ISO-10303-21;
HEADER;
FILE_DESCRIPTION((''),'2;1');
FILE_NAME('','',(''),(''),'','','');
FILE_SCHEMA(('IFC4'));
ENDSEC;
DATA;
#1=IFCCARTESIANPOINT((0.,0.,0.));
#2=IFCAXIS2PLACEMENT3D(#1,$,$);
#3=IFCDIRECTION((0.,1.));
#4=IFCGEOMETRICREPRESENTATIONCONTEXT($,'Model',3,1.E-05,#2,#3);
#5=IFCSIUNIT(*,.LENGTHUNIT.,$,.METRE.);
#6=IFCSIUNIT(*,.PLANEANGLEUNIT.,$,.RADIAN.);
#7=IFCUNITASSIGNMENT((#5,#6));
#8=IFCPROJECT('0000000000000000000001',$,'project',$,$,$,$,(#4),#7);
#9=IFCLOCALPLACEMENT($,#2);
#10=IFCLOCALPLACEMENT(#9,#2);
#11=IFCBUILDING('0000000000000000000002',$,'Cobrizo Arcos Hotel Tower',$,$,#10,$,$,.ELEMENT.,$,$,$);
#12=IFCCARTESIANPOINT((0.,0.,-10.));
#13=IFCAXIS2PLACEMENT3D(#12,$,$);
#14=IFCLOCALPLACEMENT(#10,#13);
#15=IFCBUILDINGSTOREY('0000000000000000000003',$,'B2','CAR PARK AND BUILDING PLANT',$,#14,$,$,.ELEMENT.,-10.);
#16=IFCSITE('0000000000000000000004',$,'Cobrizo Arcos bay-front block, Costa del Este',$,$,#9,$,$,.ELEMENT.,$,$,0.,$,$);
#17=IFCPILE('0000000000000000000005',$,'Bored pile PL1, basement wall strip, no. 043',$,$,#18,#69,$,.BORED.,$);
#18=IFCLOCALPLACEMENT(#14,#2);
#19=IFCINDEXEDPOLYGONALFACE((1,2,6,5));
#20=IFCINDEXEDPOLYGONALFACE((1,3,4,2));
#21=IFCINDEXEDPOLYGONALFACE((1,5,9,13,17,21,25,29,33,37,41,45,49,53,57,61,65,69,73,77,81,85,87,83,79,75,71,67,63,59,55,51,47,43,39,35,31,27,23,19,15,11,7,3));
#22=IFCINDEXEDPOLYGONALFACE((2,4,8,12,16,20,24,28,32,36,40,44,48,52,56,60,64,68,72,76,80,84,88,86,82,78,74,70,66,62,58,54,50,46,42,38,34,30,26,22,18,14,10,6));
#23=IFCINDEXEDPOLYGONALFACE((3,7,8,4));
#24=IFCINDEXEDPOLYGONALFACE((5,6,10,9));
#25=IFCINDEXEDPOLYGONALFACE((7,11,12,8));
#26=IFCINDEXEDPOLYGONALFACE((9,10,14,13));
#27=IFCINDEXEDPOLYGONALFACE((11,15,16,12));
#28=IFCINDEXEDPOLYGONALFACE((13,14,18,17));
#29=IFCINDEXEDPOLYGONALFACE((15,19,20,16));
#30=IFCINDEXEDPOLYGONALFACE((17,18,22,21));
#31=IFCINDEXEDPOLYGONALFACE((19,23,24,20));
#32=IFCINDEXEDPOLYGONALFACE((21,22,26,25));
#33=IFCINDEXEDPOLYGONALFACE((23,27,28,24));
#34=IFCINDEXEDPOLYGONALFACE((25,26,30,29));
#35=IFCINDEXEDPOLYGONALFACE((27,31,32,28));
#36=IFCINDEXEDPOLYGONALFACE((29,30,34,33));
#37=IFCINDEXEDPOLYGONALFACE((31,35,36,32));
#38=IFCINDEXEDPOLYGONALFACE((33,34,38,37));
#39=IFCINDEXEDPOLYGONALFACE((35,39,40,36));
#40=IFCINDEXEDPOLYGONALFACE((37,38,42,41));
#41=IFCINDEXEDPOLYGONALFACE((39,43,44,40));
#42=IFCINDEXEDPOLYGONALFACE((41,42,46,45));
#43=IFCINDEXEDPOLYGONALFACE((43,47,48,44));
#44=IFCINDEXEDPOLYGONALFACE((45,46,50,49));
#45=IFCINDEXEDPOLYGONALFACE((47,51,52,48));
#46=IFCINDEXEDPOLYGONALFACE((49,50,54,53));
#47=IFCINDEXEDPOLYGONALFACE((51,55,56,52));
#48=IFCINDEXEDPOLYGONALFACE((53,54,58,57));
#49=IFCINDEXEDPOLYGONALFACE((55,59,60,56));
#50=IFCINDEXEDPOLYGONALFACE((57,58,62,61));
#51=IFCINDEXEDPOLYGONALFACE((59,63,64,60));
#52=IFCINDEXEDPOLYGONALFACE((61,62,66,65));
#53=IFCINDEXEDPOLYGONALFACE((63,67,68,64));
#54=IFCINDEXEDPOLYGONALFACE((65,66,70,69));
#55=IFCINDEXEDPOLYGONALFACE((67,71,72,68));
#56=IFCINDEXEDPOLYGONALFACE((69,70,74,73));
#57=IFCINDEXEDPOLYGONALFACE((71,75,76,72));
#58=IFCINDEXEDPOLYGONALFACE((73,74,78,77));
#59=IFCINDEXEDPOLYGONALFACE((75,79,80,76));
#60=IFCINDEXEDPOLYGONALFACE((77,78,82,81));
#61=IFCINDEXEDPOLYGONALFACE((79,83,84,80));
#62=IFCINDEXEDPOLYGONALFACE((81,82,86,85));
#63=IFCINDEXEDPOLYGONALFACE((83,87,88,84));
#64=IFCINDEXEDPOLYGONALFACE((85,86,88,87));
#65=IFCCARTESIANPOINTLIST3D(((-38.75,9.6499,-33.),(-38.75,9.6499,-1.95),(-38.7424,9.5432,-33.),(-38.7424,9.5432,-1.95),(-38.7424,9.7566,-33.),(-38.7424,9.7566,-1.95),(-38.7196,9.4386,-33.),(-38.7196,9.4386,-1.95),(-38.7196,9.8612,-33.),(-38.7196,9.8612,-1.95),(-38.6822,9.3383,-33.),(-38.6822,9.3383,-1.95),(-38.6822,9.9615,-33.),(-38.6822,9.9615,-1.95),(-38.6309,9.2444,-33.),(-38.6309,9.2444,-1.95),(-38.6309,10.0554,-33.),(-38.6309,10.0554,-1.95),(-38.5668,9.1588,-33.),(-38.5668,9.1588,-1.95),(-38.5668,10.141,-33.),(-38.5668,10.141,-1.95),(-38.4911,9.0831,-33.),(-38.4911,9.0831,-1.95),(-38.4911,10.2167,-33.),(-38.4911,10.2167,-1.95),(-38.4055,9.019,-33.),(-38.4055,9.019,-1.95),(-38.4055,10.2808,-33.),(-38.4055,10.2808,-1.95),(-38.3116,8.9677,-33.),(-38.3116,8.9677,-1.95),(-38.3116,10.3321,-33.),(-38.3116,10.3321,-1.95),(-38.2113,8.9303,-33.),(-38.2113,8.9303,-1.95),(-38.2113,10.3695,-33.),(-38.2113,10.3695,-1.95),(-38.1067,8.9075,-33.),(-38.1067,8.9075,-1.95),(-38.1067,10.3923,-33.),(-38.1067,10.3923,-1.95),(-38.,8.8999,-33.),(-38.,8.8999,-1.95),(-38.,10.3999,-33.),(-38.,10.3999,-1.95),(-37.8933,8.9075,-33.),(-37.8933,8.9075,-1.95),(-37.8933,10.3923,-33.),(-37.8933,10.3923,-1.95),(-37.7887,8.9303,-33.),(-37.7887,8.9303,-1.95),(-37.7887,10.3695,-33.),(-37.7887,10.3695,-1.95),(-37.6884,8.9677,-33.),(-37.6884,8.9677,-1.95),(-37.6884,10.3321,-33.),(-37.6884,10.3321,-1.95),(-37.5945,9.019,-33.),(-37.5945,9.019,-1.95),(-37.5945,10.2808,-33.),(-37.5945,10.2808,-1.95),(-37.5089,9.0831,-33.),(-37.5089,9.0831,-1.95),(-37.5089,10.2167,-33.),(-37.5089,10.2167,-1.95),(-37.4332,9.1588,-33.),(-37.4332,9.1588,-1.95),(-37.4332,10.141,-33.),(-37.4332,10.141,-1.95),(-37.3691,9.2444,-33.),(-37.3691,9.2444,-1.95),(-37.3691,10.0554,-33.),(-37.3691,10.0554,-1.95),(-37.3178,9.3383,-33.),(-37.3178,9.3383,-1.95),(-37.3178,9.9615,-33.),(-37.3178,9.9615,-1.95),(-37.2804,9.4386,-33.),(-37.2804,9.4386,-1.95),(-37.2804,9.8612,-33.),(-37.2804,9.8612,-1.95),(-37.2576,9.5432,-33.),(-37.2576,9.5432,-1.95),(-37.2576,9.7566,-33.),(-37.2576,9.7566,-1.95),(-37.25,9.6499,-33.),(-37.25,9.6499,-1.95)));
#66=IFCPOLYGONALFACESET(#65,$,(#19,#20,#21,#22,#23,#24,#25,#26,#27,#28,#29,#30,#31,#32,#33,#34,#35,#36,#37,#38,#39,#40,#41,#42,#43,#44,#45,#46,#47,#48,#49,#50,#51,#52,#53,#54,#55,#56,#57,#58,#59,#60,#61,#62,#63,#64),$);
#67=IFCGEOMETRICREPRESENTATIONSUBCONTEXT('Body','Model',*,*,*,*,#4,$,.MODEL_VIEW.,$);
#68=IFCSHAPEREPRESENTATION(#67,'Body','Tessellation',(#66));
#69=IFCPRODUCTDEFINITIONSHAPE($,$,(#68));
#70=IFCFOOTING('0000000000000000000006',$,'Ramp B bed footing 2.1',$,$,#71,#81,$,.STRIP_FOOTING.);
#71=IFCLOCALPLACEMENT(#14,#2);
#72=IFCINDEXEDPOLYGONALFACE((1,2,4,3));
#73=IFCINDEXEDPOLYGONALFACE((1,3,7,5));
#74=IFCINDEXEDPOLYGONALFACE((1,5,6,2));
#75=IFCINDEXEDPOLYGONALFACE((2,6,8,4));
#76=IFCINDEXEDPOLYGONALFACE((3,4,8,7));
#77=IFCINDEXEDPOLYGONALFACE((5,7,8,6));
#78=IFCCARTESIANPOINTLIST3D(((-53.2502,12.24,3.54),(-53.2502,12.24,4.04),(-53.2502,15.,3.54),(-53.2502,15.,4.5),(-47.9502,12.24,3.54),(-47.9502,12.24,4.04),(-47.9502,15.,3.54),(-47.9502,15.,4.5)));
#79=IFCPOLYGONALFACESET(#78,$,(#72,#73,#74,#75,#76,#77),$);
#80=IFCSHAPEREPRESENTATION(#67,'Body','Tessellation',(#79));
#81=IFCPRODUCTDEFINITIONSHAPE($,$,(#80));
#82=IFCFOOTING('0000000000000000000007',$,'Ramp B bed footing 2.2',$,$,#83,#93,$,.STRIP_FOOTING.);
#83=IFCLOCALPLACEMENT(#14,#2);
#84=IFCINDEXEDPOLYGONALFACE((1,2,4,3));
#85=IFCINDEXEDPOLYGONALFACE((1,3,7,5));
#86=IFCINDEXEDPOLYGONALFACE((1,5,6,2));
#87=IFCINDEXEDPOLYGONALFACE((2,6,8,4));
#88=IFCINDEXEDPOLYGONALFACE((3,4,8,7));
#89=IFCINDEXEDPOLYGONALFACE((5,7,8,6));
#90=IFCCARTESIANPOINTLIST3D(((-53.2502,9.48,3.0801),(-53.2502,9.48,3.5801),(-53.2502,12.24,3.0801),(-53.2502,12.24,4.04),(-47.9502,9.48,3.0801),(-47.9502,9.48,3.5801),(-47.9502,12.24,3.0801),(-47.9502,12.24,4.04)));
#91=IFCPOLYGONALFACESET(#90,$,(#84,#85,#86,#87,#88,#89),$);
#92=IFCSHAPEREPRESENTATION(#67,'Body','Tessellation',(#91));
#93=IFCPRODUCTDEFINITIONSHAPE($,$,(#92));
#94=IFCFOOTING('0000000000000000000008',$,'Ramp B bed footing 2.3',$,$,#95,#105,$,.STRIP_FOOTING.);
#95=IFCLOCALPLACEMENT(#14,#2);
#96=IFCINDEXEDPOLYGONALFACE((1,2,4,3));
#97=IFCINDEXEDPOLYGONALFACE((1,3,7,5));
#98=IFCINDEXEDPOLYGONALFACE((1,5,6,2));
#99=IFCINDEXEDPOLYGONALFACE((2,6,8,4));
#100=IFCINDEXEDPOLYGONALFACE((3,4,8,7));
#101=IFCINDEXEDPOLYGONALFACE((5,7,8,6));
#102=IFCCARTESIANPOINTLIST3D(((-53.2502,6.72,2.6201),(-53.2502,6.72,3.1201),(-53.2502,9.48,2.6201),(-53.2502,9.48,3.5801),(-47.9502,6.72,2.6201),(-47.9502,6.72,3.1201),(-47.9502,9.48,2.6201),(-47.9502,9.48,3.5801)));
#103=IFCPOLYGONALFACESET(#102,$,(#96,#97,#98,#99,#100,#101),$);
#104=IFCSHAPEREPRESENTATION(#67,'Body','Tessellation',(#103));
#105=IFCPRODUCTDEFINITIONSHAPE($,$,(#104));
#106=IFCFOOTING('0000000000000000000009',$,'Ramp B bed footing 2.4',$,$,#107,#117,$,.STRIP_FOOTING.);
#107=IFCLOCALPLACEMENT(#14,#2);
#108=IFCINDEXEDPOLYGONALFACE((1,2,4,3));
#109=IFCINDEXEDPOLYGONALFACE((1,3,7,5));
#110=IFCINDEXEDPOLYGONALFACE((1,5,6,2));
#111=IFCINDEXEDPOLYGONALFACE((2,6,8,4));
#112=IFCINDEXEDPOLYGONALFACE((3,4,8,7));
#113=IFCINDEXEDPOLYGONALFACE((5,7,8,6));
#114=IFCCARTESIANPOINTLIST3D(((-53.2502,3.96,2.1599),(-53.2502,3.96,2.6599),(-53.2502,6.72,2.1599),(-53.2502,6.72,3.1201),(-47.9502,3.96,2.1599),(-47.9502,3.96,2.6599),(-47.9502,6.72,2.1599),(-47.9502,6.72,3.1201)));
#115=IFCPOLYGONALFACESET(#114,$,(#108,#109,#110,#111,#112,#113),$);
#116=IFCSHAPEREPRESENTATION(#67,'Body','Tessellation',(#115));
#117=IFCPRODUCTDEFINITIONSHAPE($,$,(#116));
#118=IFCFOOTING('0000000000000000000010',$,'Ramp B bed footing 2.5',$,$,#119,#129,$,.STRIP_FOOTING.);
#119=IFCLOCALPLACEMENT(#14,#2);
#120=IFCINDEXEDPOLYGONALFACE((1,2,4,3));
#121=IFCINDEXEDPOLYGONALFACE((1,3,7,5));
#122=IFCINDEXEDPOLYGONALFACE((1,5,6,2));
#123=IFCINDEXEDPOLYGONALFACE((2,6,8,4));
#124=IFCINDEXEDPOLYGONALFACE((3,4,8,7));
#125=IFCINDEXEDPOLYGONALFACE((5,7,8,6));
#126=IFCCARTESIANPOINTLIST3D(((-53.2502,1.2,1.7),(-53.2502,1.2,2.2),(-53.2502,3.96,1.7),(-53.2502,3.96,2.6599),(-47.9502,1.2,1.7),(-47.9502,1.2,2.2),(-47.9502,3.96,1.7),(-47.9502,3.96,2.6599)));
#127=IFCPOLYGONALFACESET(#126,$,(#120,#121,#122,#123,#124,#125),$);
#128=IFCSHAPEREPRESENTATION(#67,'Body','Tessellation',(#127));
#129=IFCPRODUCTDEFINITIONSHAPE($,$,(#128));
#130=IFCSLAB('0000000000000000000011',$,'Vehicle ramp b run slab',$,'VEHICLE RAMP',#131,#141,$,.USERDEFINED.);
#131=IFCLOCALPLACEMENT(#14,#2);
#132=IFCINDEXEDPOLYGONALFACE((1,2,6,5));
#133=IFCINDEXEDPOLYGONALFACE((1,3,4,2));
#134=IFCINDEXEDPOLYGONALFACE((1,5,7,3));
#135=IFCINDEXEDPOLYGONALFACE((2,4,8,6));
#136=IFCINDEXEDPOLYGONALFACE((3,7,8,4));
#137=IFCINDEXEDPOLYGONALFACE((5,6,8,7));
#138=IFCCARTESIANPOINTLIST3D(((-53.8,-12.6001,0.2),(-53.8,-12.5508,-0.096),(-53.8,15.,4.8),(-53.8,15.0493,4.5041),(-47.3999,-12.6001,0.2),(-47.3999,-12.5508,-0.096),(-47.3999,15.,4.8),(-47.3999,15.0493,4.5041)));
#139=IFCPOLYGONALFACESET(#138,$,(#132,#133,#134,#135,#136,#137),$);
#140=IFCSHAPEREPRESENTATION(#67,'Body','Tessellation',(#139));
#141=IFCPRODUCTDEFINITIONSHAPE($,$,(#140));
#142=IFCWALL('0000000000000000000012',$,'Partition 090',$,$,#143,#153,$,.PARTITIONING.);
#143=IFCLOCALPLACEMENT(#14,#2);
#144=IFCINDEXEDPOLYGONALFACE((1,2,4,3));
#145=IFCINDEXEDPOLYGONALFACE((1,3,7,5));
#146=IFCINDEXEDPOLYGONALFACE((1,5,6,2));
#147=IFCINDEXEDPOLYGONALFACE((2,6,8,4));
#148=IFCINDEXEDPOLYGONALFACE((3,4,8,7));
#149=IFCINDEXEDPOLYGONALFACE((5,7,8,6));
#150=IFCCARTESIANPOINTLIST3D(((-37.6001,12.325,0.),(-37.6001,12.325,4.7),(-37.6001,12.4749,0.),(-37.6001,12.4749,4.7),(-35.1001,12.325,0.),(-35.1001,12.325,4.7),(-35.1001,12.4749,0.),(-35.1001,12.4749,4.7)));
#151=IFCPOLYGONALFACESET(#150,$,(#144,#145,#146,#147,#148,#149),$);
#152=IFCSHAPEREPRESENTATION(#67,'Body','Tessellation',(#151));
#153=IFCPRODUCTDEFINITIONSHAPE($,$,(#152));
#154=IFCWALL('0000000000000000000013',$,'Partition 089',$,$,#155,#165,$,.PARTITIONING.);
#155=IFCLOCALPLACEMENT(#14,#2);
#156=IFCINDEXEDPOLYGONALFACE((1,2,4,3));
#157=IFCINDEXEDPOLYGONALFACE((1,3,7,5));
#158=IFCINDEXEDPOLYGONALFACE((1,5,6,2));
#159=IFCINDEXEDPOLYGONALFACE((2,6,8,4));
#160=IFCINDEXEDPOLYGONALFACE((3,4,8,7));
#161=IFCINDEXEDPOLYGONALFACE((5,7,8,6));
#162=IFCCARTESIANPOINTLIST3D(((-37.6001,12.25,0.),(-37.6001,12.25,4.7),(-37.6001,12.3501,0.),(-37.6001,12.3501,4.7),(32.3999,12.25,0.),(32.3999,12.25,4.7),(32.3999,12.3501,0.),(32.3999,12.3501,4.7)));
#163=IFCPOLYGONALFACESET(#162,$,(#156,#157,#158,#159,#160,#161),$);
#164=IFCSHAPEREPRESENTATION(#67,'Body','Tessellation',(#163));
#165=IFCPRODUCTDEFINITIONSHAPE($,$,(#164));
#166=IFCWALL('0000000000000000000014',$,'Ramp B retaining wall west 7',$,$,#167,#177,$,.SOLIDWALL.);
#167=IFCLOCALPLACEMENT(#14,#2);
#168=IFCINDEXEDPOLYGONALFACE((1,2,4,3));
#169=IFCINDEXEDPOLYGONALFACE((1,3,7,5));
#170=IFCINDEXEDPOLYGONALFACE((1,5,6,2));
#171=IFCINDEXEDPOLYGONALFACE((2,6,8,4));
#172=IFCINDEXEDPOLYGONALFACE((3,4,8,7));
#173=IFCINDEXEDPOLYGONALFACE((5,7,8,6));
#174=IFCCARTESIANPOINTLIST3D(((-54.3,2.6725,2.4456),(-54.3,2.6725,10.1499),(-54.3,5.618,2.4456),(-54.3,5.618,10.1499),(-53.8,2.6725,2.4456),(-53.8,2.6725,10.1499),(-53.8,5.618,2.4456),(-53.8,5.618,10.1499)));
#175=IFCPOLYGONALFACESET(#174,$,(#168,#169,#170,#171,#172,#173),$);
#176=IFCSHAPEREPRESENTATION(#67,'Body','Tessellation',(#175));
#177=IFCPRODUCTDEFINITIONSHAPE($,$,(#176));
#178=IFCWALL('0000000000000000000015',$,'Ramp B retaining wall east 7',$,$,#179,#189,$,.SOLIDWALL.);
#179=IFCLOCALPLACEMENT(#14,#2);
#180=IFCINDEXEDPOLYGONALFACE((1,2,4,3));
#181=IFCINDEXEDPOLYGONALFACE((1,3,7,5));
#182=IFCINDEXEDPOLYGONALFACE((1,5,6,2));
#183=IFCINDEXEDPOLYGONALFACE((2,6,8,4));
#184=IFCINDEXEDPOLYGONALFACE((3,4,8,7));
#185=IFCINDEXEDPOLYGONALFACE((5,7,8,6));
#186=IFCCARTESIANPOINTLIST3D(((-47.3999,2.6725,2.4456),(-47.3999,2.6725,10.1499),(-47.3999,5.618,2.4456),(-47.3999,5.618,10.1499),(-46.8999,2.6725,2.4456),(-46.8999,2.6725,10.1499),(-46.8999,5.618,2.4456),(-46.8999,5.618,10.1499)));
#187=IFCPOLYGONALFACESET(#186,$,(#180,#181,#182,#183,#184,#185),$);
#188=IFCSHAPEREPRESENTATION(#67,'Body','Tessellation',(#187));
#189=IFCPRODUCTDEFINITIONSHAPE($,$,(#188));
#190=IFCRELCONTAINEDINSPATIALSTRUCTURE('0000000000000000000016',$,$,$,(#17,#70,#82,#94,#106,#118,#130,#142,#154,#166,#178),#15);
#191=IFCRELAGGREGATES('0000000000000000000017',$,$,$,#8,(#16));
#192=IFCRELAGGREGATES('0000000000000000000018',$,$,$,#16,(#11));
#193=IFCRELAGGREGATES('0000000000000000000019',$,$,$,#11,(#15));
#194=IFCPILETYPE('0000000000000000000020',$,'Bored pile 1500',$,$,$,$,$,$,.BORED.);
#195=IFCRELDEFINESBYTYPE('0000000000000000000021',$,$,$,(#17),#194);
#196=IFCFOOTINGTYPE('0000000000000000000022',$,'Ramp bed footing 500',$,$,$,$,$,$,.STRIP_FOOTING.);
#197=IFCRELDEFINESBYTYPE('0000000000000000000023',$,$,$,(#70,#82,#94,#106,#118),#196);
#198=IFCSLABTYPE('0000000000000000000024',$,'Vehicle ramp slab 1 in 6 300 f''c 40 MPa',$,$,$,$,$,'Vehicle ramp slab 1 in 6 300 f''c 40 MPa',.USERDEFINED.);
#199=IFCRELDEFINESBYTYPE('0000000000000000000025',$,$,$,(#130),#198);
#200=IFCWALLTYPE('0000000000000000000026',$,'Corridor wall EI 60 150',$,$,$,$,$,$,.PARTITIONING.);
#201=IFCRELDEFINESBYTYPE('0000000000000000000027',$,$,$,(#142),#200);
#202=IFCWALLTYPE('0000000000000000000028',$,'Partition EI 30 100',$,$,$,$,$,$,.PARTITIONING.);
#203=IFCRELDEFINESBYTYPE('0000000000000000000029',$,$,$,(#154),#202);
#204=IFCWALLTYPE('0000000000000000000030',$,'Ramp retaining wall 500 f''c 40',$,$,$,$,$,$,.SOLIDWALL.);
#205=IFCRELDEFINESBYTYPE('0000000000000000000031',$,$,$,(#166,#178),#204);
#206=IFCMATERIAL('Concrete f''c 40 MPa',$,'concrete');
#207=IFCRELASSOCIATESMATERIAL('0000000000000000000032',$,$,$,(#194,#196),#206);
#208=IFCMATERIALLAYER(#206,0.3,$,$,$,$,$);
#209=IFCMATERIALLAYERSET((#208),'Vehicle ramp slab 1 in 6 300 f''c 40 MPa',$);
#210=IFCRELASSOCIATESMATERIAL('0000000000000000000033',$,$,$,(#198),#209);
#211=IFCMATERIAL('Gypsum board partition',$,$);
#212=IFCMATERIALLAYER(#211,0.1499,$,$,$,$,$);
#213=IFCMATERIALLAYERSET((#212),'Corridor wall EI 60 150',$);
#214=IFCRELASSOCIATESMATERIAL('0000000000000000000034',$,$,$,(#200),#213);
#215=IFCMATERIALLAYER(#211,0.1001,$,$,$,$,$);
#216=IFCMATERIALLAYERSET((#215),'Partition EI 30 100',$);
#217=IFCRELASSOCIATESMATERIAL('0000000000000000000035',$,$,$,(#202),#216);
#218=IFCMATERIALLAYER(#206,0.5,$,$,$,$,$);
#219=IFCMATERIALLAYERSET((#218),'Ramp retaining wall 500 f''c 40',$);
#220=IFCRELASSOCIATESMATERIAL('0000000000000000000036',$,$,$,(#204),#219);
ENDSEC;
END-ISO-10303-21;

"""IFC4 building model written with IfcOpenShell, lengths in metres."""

from ifc_helpers import new_model, si_unit, direction, frame, frame_2d, origin, origin_2d, place, context, subcontext, project, spatial, polyline, rectangle, circle, outline, extrude, material, layer, layer_set, material_profile, profile_set, type_object, element, save


model = new_model("IFC4")

# Units and contexts
model_context = context("Model", 3, precision=1e-05, world=origin(), true_north=direction((0.0, 1.0)))
body_context = subcontext(model_context, "Body", "Model", "MODEL_VIEW")
ifc_project = project(units=[si_unit("LENGTHUNIT", "METRE"), si_unit("PLANEANGLEUNIT", "RADIAN")], contexts=[model_context])

# Site, building, storey
site_placement = place(None, origin())
site = spatial("IfcSite", under=ifc_project, at=site_placement, Name="Cobrizo Arcos bay-front block, Costa del Este", CompositionType="ELEMENT", RefElevation=0.0)
building_placement = place(site_placement, origin())
building = spatial("IfcBuilding", under=site, at=building_placement, Name="Cobrizo Arcos Hotel Tower", CompositionType="ELEMENT")
storey_placement = place(building_placement, frame((0.0, 0.0, -10.0)))
storey = spatial("IfcBuildingStorey", under=building, at=storey_placement, Name="B2", Description="CAR PARK AND BUILDING PLANT", CompositionType="ELEMENT", Elevation=-10.0)

# Pile
ifc_material_1 = material(Name="Concrete f'c 40 MPa", Category="concrete")
ifc_material_profile = material_profile(ifc_material_1, circle(Radius=0.75, at=origin_2d()), Name="BORED PILE 1500")
ifc_profile_set = profile_set([ifc_material_profile], Name="Concrete f'c 40 MPa")
pile_type = type_object("IfcPileType", Name="Bored pile 1500", PredefinedType="BORED", material=ifc_profile_set)
pile_placement = place(storey_placement, frame((-38.0, 9.6499, -1.95), z_axis=(0.0, 0.0, -1.0), x_axis=(1.0, 0.0, 0.0)))
element("IfcPile", 1, at=pile_placement, inside=storey, type_object=pile_type, Name="Bored pile PL1, basement wall strip, no. 043", PredefinedType="BORED", context=body_context, shape_type="SweptSolid", body=[
    extrude(circle(Radius=0.75, at=origin_2d()), origin(), (0.0, 0.0, 1.0), 31.05),
])

# Footings
footing_type = type_object("IfcFootingType", Name="Ramp bed footing 500", PredefinedType="STRIP_FOOTING", material=ifc_material_1)
for number, where, z_axis, x_axis, name in (
    (2, (-50.6001, 15.0, 3.54), (0.0, 0.0, 1.0), (0.0, -1.0, 0.0), "Ramp B bed footing 2.1"),
    (3, (-50.6001, 12.24, 3.0801), (0.0, 0.0, 1.0), (0.0, -1.0, 0.0), "Ramp B bed footing 2.2"),
    (4, (-50.6001, 9.48, 2.6201), (0.0, 0.0, 1.0), (0.0, -1.0, 0.0), "Ramp B bed footing 2.3"),
):
    element("IfcFooting", number, at=place(storey_placement, frame(where, z_axis=z_axis, x_axis=x_axis)), inside=storey, type_object=footing_type, Name=name, PredefinedType="STRIP_FOOTING", context=body_context, shape_type="SweptSolid", body=[
        extrude(outline(polyline([(0.0, 0.0), (2.76, 0.0), (2.76, 0.5), (0.0, 0.96), (0.0, 0.0)])), frame((0.0, 2.6499, 0.0), z_axis=(0.0, -1.0, 0.0), x_axis=(1.0, 0.0, 0.0)), (0.0, 0.0, 1.0), 5.3),
    ])
footing_1_placement = place(storey_placement, frame((-50.6001, 6.72, 2.1599), z_axis=(0.0, 0.0, 1.0), x_axis=(0.0, -1.0, 0.0)))
element("IfcFooting", 5, at=footing_1_placement, inside=storey, type_object=footing_type, Name="Ramp B bed footing 2.4", PredefinedType="STRIP_FOOTING", context=body_context, shape_type="SweptSolid", body=[
    extrude(outline(polyline([(0.0, 0.0), (2.76, 0.0), (2.76, 0.5), (0.0, 0.9602), (0.0, 0.0)])), frame((0.0, 2.6499, 0.0), z_axis=(0.0, -1.0, 0.0), x_axis=(1.0, 0.0, 0.0)), (0.0, 0.0, 1.0), 5.3),
])
footing_2_placement = place(storey_placement, frame((-50.6001, 3.96, 1.7), z_axis=(0.0, 0.0, 1.0), x_axis=(0.0, -1.0, 0.0)))
element("IfcFooting", 6, at=footing_2_placement, inside=storey, type_object=footing_type, Name="Ramp B bed footing 2.5", PredefinedType="STRIP_FOOTING", context=body_context, shape_type="SweptSolid", body=[
    extrude(outline(polyline([(0.0, 0.0), (2.76, 0.0), (2.76, 0.5), (0.0, 0.96), (0.0, 0.0)])), frame((0.0, 2.6499, 0.0), z_axis=(0.0, -1.0, 0.0), x_axis=(1.0, 0.0, 0.0)), (0.0, 0.0, 1.0), 5.3),
])

# Slab
ifc_layer_1 = layer(ifc_material_1, 0.3)
ifc_layer_set_1 = layer_set([ifc_layer_1], Name="Vehicle ramp slab 1 in 6 300 f'c 40 MPa")
slab_type = type_object("IfcSlabType", Name="Vehicle ramp slab 1 in 6 300 f'c 40 MPa", ElementType="Vehicle ramp slab 1 in 6 300 f'c 40 MPa", PredefinedType="USERDEFINED", material=ifc_layer_set_1)
slab_placement = place(storey_placement, frame((-47.3999, 15.0, 4.8), z_axis=(0.0, -0.164402, 0.986393), x_axis=(0.0, -0.986393, -0.164402)))
element("IfcSlab", 7, at=slab_placement, inside=storey, type_object=slab_type, Name="Vehicle ramp b run slab", ObjectType="VEHICLE RAMP", PredefinedType="USERDEFINED", context=body_context, shape_type="SweptSolid", body=[
    extrude(outline(polyline([(0.0, 0.0), (27.9808, 0.0), (27.9808, -6.4001), (0.0, -6.4001), (0.0, 0.0)])), origin(), (0.0, 0.0, -1.0), 0.3),
])

# Walls
ifc_material_2 = material(Name="Gypsum board partition")
ifc_layer_2 = layer(ifc_material_2, 0.1499)
ifc_layer_set_2 = layer_set([ifc_layer_2], Name="Corridor wall EI 60 150")
wall_type_1 = type_object("IfcWallType", Name="Corridor wall EI 60 150", PredefinedType="PARTITIONING", material=ifc_layer_set_2)
wall_1_placement = place(storey_placement, frame((-37.6001, 12.3999, 0.0), z_axis=(0.0, 0.0, 1.0), x_axis=(1.0, 0.0, 0.0)))
element("IfcWall", 8, at=wall_1_placement, inside=storey, type_object=wall_type_1, Name="Partition 090", PredefinedType="PARTITIONING", context=body_context, shape_type="SweptSolid", body=[
    extrude(rectangle(XDim=2.5, YDim=0.1499, at=frame_2d((1.25, 0.0))), origin(), (0.0, 0.0, 1.0), 4.7),
])
ifc_layer_3 = layer(ifc_material_2, 0.1001)
ifc_layer_set_3 = layer_set([ifc_layer_3], Name="Partition EI 30 100")
wall_type_2 = type_object("IfcWallType", Name="Partition EI 30 100", PredefinedType="PARTITIONING", material=ifc_layer_set_3)
wall_2_placement = place(storey_placement, frame((-37.6001, 12.3, 0.0), z_axis=(0.0, 0.0, 1.0), x_axis=(1.0, 0.0, 0.0)))
element("IfcWall", 9, at=wall_2_placement, inside=storey, type_object=wall_type_2, Name="Partition 089", PredefinedType="PARTITIONING", context=body_context, shape_type="SweptSolid", body=[
    extrude(rectangle(XDim=70.0, YDim=0.1001, at=frame_2d((35.0, 0.0))), origin(), (0.0, 0.0, 1.0), 4.7),
])
ifc_layer_4 = layer(ifc_material_1, 0.5)
ifc_layer_set_4 = layer_set([ifc_layer_4], Name="Ramp retaining wall 500 f'c 40")
wall_type_3 = type_object("IfcWallType", Name="Ramp retaining wall 500 f'c 40", PredefinedType="SOLIDWALL", material=ifc_layer_set_4)
for number, where, z_axis, x_axis, name in (
    (10, (-54.05, 2.6726, 2.4456), (0.0, 0.0, 1.0), (0.0, 1.0, 0.0), "Ramp B retaining wall west 7"),
    (11, (-47.1499, 2.6726, 2.4456), (0.0, 0.0, 1.0), (0.0, 1.0, 0.0), "Ramp B retaining wall east 7"),
):
    element("IfcWall", number, at=place(storey_placement, frame(where, z_axis=z_axis, x_axis=x_axis)), inside=storey, type_object=wall_type_3, Name=name, PredefinedType="SOLIDWALL", context=body_context, shape_type="SweptSolid", body=[
        extrude(rectangle(XDim=2.9456, YDim=0.5, at=frame_2d((1.4727, 0.0))), origin(), (0.0, 0.0, 1.0), 7.7043),
    ])

save(model, "model.ifc")
